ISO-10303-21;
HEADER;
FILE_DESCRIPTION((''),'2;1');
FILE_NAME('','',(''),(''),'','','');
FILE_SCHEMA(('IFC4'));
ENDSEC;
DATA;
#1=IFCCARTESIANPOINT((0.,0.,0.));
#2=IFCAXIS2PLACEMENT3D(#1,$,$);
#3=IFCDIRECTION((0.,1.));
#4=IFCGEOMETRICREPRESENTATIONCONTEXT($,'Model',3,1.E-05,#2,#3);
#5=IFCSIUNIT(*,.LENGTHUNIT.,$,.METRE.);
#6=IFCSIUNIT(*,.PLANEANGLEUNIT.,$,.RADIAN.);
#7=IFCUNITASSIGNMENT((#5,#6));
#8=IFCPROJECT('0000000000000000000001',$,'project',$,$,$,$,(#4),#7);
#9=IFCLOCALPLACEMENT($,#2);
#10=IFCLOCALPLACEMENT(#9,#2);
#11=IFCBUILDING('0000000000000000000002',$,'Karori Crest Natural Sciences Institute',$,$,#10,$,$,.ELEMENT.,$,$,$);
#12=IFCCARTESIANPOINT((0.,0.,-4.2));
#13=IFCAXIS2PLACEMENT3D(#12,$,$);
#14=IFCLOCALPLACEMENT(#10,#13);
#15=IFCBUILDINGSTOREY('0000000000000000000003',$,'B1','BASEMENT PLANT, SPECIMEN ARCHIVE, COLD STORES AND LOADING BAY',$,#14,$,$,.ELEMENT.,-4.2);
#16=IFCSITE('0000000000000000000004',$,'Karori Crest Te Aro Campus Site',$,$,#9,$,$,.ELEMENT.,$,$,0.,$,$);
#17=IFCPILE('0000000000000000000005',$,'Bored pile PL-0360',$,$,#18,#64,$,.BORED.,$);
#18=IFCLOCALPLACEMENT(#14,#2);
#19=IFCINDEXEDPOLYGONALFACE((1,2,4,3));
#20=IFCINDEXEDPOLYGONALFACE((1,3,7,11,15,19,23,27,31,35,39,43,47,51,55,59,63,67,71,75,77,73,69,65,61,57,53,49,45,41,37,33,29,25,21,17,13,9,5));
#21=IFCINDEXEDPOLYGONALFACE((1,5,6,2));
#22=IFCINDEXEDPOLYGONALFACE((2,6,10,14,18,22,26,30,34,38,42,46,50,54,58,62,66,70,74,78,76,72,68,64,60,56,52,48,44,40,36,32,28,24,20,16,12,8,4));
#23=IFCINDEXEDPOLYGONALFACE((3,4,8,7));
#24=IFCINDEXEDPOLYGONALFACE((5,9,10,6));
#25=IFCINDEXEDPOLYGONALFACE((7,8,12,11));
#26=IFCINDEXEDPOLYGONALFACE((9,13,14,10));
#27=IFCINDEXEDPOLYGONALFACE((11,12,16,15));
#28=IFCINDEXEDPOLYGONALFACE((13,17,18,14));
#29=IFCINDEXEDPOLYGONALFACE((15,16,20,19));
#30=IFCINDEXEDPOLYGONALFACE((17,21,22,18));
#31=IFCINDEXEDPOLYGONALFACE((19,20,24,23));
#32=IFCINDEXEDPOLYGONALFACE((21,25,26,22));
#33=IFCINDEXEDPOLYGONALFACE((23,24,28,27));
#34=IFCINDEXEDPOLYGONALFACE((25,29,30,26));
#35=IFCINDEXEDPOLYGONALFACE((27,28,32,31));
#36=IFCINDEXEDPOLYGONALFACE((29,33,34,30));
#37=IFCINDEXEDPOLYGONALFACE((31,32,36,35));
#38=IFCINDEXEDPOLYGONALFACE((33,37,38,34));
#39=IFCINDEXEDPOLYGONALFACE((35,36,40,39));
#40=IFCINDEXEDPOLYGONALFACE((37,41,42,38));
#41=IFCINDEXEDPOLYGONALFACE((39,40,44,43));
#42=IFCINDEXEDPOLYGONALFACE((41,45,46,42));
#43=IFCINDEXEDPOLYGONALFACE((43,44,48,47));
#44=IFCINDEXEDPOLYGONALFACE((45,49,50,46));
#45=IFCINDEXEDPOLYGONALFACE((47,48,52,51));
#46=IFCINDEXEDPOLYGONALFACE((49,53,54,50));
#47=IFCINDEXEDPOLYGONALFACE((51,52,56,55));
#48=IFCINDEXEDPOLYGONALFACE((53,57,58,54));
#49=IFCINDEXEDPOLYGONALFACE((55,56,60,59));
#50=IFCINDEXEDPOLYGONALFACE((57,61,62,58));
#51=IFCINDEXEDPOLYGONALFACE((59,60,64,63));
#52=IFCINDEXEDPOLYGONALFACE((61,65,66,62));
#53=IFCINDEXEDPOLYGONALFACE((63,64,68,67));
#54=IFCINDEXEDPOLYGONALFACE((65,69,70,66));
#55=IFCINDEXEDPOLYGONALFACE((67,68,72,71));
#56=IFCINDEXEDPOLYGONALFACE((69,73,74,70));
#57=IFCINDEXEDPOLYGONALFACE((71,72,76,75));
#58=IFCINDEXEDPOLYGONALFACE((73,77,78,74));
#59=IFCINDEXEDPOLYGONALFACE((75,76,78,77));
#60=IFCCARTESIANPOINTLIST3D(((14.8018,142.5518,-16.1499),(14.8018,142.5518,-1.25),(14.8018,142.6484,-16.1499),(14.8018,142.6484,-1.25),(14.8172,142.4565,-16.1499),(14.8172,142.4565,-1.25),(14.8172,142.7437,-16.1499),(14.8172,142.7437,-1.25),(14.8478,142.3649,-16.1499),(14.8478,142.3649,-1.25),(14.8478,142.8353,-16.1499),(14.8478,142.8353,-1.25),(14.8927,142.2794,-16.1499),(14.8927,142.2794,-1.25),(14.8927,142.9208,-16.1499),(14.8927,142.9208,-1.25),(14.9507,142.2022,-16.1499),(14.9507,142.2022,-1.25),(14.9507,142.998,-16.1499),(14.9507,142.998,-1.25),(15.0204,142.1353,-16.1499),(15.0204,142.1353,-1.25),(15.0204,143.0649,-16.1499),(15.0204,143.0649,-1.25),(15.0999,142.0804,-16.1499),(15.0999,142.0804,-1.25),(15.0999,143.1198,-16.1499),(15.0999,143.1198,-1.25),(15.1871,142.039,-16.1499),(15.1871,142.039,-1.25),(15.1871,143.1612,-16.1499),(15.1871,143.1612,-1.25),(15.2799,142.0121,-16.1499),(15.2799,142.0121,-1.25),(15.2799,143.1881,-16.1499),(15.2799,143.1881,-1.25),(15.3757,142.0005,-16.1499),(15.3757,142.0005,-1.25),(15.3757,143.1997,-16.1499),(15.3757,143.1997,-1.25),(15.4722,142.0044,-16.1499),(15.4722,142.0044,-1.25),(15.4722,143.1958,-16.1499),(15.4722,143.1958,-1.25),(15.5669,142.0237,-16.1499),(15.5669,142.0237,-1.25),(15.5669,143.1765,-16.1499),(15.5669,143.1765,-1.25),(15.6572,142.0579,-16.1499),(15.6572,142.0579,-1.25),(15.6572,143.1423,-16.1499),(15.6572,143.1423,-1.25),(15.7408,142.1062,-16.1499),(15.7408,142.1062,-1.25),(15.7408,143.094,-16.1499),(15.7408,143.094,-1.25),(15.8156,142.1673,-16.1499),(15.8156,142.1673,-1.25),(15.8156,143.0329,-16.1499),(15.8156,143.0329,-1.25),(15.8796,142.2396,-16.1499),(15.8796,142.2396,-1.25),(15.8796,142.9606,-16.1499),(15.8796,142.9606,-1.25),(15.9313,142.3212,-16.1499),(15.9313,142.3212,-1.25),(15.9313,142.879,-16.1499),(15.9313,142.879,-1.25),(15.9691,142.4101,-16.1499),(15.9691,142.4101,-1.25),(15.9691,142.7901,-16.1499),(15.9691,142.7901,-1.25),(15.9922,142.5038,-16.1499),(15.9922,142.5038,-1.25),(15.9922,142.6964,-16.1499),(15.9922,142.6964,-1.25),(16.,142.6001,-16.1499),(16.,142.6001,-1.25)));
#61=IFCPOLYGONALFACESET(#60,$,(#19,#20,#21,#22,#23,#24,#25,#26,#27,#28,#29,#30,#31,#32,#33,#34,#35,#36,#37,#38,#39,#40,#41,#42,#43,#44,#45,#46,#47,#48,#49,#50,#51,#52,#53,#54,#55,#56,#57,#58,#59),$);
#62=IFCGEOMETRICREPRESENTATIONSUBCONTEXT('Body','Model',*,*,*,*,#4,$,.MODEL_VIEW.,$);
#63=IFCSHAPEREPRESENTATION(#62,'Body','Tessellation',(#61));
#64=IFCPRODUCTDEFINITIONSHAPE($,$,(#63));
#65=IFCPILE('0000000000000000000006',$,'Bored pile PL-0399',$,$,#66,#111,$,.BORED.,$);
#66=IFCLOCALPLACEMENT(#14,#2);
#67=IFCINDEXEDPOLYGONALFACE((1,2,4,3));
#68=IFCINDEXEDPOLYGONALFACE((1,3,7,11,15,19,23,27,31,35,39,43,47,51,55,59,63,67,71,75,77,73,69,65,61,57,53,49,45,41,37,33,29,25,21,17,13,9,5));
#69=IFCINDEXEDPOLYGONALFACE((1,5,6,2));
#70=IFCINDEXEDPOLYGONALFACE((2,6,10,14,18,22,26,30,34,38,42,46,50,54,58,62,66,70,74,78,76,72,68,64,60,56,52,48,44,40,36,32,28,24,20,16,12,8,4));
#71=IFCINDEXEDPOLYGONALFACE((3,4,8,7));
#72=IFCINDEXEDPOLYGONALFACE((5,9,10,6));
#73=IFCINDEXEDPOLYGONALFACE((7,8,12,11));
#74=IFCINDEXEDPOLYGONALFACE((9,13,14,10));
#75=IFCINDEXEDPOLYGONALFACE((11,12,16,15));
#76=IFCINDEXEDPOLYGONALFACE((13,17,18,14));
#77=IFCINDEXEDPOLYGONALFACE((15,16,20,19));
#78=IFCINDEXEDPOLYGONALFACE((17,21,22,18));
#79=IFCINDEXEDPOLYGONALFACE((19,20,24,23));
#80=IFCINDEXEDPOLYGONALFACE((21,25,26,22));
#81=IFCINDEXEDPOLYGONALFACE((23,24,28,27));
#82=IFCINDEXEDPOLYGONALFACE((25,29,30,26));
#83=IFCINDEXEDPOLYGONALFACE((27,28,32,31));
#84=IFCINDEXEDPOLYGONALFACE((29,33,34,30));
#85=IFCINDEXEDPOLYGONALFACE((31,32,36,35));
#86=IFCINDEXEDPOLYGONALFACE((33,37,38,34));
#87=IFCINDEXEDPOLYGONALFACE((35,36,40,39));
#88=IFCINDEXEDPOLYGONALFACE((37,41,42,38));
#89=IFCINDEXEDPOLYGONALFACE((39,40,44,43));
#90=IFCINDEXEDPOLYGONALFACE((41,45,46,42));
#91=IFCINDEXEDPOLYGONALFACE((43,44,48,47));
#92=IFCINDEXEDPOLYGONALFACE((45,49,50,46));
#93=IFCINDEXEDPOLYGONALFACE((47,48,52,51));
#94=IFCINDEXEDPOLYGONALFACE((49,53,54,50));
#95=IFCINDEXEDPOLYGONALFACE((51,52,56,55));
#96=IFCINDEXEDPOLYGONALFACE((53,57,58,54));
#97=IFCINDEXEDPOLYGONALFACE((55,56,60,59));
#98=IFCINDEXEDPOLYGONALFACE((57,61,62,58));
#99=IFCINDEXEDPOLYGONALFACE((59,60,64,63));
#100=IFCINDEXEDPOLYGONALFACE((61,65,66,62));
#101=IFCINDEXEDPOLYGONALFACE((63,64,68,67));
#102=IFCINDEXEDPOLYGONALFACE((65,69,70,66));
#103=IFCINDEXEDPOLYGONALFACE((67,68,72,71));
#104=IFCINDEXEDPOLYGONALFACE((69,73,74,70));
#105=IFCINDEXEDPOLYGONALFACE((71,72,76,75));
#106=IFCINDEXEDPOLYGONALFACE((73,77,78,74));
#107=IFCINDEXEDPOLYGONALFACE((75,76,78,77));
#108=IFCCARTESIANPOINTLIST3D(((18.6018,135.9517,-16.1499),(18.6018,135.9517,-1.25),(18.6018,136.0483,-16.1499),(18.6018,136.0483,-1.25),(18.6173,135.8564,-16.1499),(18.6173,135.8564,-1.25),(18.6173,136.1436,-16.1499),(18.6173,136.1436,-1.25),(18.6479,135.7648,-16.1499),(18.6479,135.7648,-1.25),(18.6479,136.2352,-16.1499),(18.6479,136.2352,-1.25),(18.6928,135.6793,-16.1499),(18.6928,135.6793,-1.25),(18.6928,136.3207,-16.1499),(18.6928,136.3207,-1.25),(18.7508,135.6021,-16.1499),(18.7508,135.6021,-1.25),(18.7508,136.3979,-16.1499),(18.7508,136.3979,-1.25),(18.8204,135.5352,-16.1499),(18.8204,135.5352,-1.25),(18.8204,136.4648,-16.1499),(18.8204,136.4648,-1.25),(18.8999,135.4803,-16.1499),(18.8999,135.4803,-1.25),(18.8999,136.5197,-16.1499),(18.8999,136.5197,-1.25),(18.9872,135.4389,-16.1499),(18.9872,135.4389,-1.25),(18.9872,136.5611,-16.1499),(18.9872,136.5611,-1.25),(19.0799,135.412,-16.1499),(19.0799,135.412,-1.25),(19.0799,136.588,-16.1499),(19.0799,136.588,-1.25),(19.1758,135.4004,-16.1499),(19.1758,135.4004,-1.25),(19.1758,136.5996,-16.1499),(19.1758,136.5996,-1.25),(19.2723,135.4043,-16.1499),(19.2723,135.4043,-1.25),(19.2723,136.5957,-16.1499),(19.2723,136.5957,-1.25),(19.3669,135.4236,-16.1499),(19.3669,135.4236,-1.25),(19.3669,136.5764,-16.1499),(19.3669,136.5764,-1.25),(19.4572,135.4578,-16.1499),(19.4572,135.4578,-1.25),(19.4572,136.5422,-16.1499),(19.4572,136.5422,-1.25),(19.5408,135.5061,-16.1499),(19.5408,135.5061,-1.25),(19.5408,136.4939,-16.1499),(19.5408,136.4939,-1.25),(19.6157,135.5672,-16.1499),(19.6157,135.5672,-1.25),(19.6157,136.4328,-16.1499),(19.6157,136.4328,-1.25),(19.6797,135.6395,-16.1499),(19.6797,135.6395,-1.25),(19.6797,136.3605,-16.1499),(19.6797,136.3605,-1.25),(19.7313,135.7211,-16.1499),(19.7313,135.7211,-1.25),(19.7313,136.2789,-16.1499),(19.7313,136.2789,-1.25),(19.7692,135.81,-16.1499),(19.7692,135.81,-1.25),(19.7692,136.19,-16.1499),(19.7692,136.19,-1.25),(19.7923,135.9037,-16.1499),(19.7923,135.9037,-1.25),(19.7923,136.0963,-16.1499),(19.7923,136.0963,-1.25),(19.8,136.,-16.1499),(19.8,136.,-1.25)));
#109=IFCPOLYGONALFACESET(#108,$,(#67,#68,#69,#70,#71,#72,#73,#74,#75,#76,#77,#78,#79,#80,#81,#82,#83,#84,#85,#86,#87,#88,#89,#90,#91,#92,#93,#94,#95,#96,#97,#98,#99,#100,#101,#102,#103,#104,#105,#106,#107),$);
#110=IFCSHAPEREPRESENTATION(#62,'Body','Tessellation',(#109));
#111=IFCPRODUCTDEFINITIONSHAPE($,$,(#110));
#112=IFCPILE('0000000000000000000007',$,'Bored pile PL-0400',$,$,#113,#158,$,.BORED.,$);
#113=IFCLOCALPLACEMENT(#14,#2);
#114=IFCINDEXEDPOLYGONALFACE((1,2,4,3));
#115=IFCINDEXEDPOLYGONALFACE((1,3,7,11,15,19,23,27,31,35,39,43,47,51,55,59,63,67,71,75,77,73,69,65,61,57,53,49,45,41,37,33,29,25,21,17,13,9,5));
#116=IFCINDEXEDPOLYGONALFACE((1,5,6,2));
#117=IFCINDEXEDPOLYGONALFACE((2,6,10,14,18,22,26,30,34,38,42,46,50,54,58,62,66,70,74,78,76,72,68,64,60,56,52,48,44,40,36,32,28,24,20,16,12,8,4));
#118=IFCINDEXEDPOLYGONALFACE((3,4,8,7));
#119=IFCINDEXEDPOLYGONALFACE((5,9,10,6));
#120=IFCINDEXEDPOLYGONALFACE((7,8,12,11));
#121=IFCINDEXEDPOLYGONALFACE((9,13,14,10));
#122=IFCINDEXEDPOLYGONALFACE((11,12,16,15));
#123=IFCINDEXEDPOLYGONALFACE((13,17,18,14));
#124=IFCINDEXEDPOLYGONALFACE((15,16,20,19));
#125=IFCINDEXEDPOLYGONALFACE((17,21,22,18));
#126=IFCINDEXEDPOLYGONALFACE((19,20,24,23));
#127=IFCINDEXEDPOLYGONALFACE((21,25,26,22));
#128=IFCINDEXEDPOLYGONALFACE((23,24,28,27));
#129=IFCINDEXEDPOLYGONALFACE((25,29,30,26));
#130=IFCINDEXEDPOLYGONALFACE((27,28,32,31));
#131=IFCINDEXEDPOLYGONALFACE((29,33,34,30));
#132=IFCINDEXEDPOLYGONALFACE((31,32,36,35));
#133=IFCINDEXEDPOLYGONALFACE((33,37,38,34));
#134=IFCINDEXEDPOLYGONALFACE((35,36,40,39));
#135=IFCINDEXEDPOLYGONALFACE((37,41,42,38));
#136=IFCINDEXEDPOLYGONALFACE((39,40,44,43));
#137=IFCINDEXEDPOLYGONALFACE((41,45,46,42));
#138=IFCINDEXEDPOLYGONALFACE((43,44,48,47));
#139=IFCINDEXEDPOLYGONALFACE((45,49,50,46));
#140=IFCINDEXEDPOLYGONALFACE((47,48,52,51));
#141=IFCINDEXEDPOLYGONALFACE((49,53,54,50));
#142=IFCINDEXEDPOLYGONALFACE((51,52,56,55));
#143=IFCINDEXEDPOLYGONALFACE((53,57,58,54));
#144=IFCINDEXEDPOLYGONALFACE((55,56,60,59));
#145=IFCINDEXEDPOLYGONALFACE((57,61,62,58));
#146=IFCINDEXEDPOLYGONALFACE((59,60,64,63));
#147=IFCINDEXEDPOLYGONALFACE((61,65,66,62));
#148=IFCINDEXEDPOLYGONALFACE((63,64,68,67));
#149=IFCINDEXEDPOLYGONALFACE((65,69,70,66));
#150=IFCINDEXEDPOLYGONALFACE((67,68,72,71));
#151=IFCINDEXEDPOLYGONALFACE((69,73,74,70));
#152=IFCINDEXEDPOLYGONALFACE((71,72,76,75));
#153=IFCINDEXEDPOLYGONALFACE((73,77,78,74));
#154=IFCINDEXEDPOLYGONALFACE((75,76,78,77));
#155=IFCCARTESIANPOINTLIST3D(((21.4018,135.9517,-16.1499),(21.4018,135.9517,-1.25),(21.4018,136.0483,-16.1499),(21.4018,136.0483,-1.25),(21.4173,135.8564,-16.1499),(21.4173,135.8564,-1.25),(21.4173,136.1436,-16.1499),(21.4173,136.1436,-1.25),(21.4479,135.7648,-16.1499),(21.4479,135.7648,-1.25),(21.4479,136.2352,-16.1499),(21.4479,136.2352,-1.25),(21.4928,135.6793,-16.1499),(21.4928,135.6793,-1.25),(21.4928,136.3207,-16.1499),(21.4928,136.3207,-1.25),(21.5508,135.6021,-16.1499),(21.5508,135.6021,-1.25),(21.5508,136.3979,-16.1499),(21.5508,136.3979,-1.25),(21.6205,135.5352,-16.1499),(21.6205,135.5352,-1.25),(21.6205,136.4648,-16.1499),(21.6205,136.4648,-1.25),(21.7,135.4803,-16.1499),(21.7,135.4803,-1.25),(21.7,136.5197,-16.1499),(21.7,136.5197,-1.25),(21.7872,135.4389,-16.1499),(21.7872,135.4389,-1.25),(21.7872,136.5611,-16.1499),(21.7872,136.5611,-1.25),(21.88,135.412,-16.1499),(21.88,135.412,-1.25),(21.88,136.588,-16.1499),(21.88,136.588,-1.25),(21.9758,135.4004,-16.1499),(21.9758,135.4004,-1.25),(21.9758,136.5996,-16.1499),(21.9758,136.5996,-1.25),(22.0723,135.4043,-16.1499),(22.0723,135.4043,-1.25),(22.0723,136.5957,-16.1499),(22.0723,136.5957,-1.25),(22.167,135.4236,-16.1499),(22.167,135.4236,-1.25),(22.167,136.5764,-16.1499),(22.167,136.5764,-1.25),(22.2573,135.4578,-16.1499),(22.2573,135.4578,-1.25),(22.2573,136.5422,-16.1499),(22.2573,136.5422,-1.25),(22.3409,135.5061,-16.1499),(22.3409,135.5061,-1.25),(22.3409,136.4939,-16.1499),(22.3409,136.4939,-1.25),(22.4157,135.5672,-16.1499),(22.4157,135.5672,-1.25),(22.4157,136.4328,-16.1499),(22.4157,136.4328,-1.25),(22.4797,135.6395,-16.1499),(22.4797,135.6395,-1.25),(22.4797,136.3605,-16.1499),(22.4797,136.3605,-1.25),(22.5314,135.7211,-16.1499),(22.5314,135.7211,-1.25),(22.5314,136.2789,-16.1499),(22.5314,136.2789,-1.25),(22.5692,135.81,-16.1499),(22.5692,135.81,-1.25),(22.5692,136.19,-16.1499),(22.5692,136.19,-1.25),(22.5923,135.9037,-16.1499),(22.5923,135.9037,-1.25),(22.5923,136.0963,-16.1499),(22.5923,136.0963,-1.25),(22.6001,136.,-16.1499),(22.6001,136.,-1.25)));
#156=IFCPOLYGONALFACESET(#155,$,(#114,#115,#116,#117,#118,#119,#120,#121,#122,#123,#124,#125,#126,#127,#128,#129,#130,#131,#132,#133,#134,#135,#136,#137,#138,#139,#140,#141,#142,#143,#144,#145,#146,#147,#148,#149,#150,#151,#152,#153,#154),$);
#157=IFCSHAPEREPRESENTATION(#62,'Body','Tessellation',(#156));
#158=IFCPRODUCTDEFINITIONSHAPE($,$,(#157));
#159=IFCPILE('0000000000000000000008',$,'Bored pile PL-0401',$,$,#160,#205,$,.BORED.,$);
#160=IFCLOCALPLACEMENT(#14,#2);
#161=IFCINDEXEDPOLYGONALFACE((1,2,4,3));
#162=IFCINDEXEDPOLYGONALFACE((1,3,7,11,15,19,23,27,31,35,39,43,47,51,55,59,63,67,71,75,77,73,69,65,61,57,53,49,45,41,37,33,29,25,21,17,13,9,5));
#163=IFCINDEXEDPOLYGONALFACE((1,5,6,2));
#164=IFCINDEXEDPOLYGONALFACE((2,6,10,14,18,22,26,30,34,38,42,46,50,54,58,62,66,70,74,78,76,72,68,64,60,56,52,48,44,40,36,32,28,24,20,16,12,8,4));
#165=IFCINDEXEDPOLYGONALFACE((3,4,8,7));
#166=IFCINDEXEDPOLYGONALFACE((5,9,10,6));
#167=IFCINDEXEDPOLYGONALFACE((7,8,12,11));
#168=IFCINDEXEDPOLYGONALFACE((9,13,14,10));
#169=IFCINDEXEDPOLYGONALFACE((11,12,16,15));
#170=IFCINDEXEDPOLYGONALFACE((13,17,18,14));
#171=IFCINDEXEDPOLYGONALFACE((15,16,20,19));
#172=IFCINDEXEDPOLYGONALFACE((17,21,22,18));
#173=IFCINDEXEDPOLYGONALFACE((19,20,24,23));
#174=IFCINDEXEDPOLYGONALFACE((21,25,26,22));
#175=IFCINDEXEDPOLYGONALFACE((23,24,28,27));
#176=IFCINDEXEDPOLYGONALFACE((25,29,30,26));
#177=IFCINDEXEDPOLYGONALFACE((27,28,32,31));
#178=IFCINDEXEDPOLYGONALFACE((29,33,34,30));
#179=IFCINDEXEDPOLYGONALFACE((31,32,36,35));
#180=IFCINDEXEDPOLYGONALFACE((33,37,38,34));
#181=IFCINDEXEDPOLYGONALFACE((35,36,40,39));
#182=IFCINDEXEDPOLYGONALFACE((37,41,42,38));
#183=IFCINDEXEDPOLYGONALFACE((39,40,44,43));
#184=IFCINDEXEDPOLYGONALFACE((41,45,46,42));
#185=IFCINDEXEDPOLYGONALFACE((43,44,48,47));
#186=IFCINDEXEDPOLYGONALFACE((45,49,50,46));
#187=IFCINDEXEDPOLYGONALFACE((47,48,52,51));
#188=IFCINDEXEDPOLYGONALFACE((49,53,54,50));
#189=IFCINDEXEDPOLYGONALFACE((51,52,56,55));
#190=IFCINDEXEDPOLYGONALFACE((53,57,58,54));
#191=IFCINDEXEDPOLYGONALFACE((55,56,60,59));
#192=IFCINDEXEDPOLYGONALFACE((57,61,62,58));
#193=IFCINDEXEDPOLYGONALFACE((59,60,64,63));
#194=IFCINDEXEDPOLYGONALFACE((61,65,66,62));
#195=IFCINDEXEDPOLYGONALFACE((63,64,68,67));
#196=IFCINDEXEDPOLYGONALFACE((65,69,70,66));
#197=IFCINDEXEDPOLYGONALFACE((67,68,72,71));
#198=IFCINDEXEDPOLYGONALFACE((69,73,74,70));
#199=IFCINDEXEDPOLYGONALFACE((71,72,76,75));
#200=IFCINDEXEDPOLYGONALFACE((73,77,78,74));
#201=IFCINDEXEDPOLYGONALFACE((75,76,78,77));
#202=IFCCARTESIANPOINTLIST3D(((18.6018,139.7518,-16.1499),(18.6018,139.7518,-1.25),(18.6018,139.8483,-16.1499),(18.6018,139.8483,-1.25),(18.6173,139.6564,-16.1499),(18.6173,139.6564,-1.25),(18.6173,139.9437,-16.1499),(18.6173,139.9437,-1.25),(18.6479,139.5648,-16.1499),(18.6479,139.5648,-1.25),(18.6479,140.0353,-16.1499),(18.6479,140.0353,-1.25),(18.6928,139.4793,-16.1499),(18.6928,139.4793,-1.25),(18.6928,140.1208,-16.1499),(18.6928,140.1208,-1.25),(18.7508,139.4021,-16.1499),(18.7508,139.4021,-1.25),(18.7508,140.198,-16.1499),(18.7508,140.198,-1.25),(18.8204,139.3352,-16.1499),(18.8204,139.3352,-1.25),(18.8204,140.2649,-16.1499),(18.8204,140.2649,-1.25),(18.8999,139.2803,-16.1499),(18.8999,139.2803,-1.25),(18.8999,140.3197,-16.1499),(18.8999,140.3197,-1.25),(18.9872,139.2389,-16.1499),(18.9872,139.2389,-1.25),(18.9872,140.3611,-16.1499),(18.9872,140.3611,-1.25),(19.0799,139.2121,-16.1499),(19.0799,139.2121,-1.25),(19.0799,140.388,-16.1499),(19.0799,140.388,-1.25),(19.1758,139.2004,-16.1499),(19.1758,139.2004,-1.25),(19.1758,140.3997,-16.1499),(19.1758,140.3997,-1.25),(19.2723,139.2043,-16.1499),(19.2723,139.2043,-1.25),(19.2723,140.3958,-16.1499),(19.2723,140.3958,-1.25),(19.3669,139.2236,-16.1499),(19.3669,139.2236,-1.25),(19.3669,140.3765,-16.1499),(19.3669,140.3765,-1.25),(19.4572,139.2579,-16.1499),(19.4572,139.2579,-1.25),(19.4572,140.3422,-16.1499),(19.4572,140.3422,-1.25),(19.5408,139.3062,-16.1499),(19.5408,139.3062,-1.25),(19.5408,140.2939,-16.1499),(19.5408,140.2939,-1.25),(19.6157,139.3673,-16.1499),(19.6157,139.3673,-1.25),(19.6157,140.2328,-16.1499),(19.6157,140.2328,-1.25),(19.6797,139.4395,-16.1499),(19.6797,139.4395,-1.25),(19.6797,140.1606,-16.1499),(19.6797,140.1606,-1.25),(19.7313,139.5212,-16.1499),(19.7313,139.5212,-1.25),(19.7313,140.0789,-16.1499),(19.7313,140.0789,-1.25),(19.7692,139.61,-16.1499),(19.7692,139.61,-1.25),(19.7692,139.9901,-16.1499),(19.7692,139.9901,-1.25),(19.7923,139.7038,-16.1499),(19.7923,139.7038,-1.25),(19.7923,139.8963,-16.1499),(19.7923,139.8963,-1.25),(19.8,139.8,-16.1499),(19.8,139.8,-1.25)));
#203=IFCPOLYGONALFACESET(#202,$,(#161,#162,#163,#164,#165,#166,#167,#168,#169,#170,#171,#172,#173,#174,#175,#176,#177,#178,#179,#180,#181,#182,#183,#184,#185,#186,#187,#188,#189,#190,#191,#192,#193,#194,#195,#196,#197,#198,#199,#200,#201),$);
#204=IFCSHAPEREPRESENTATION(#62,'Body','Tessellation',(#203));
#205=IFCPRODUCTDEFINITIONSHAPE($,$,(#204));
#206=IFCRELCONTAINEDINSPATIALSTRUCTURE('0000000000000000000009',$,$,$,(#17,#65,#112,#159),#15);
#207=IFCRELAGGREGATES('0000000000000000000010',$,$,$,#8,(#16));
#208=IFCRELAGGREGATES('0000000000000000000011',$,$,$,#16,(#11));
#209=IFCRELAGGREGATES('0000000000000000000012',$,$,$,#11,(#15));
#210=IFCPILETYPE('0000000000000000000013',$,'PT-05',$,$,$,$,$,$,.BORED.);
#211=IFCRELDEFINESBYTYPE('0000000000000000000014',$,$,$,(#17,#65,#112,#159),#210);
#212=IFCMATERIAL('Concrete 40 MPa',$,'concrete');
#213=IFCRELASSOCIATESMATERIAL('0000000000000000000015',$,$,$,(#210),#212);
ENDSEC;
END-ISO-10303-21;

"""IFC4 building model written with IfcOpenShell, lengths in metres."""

from ifc_helpers import new_model, si_unit, direction, frame, origin, origin_2d, place, context, subcontext, project, spatial, circle, extrude, material, material_profile, profile_set, type_object, element, save


model = new_model("IFC4")

# Units and contexts
model_context = context("Model", 3, precision=1e-05, world=origin(), true_north=direction((0.0, 1.0)))
body_context = subcontext(model_context, "Body", "Model", "MODEL_VIEW")
ifc_project = project(units=[si_unit("LENGTHUNIT", "METRE"), si_unit("PLANEANGLEUNIT", "RADIAN")], contexts=[model_context])

# Site, building, storey
site_placement = place(None, origin())
site = spatial("IfcSite", under=ifc_project, at=site_placement, Name="Karori Crest Te Aro Campus Site", CompositionType="ELEMENT", RefElevation=0.0)
building_placement = place(site_placement, origin())
building = spatial("IfcBuilding", under=site, at=building_placement, Name="Karori Crest Natural Sciences Institute", CompositionType="ELEMENT")
storey_placement = place(building_placement, frame((0.0, 0.0, -4.2)))
storey = spatial("IfcBuildingStorey", under=building, at=storey_placement, Name="B1", Description="BASEMENT PLANT, SPECIMEN ARCHIVE, COLD STORES AND LOADING BAY", CompositionType="ELEMENT", Elevation=-4.2)

# Shared definitions
ifc_material_1 = material(Name="Concrete 40 MPa", Category="concrete")

# Piles
ifc_material_profile_1 = material_profile(ifc_material_1, circle(Radius=0.6001, at=origin_2d()), Name="PILE1200")
ifc_profile_set_1 = profile_set([ifc_material_profile_1], Name="Concrete 40 MPa")
pile_type = type_object("IfcPileType", Name="PT-05", PredefinedType="BORED", material=ifc_profile_set_1)
for number, where, z_axis, x_axis, name in (
    (1, (15.3999, 142.6001, -1.25), (0.0, 0.0, -1.0), (1.0, 0.0, 0.0), "Bored pile PL-0360"),
    (2, (19.2, 136.0, -1.25), (0.0, 0.0, -1.0), (1.0, 0.0, 0.0), "Bored pile PL-0399"),
    (3, (22.0, 136.0, -1.25), (0.0, 0.0, -1.0), (1.0, 0.0, 0.0), "Bored pile PL-0400"),
    (4, (19.2, 139.8, -1.25), (0.0, 0.0, -1.0), (1.0, 0.0, 0.0), "Bored pile PL-0401"),
):
    element("IfcPile", number, at=place(storey_placement, frame(where, z_axis=z_axis, x_axis=x_axis)), inside=storey, type_object=pile_type, Name=name, PredefinedType="BORED", context=body_context, shape_type="SweptSolid", body=[
        extrude(circle(Radius=0.6001, at=origin_2d()), origin(), (0.0, 0.0, 1.0), 14.8999),
    ])

save(model, "model.ifc")
